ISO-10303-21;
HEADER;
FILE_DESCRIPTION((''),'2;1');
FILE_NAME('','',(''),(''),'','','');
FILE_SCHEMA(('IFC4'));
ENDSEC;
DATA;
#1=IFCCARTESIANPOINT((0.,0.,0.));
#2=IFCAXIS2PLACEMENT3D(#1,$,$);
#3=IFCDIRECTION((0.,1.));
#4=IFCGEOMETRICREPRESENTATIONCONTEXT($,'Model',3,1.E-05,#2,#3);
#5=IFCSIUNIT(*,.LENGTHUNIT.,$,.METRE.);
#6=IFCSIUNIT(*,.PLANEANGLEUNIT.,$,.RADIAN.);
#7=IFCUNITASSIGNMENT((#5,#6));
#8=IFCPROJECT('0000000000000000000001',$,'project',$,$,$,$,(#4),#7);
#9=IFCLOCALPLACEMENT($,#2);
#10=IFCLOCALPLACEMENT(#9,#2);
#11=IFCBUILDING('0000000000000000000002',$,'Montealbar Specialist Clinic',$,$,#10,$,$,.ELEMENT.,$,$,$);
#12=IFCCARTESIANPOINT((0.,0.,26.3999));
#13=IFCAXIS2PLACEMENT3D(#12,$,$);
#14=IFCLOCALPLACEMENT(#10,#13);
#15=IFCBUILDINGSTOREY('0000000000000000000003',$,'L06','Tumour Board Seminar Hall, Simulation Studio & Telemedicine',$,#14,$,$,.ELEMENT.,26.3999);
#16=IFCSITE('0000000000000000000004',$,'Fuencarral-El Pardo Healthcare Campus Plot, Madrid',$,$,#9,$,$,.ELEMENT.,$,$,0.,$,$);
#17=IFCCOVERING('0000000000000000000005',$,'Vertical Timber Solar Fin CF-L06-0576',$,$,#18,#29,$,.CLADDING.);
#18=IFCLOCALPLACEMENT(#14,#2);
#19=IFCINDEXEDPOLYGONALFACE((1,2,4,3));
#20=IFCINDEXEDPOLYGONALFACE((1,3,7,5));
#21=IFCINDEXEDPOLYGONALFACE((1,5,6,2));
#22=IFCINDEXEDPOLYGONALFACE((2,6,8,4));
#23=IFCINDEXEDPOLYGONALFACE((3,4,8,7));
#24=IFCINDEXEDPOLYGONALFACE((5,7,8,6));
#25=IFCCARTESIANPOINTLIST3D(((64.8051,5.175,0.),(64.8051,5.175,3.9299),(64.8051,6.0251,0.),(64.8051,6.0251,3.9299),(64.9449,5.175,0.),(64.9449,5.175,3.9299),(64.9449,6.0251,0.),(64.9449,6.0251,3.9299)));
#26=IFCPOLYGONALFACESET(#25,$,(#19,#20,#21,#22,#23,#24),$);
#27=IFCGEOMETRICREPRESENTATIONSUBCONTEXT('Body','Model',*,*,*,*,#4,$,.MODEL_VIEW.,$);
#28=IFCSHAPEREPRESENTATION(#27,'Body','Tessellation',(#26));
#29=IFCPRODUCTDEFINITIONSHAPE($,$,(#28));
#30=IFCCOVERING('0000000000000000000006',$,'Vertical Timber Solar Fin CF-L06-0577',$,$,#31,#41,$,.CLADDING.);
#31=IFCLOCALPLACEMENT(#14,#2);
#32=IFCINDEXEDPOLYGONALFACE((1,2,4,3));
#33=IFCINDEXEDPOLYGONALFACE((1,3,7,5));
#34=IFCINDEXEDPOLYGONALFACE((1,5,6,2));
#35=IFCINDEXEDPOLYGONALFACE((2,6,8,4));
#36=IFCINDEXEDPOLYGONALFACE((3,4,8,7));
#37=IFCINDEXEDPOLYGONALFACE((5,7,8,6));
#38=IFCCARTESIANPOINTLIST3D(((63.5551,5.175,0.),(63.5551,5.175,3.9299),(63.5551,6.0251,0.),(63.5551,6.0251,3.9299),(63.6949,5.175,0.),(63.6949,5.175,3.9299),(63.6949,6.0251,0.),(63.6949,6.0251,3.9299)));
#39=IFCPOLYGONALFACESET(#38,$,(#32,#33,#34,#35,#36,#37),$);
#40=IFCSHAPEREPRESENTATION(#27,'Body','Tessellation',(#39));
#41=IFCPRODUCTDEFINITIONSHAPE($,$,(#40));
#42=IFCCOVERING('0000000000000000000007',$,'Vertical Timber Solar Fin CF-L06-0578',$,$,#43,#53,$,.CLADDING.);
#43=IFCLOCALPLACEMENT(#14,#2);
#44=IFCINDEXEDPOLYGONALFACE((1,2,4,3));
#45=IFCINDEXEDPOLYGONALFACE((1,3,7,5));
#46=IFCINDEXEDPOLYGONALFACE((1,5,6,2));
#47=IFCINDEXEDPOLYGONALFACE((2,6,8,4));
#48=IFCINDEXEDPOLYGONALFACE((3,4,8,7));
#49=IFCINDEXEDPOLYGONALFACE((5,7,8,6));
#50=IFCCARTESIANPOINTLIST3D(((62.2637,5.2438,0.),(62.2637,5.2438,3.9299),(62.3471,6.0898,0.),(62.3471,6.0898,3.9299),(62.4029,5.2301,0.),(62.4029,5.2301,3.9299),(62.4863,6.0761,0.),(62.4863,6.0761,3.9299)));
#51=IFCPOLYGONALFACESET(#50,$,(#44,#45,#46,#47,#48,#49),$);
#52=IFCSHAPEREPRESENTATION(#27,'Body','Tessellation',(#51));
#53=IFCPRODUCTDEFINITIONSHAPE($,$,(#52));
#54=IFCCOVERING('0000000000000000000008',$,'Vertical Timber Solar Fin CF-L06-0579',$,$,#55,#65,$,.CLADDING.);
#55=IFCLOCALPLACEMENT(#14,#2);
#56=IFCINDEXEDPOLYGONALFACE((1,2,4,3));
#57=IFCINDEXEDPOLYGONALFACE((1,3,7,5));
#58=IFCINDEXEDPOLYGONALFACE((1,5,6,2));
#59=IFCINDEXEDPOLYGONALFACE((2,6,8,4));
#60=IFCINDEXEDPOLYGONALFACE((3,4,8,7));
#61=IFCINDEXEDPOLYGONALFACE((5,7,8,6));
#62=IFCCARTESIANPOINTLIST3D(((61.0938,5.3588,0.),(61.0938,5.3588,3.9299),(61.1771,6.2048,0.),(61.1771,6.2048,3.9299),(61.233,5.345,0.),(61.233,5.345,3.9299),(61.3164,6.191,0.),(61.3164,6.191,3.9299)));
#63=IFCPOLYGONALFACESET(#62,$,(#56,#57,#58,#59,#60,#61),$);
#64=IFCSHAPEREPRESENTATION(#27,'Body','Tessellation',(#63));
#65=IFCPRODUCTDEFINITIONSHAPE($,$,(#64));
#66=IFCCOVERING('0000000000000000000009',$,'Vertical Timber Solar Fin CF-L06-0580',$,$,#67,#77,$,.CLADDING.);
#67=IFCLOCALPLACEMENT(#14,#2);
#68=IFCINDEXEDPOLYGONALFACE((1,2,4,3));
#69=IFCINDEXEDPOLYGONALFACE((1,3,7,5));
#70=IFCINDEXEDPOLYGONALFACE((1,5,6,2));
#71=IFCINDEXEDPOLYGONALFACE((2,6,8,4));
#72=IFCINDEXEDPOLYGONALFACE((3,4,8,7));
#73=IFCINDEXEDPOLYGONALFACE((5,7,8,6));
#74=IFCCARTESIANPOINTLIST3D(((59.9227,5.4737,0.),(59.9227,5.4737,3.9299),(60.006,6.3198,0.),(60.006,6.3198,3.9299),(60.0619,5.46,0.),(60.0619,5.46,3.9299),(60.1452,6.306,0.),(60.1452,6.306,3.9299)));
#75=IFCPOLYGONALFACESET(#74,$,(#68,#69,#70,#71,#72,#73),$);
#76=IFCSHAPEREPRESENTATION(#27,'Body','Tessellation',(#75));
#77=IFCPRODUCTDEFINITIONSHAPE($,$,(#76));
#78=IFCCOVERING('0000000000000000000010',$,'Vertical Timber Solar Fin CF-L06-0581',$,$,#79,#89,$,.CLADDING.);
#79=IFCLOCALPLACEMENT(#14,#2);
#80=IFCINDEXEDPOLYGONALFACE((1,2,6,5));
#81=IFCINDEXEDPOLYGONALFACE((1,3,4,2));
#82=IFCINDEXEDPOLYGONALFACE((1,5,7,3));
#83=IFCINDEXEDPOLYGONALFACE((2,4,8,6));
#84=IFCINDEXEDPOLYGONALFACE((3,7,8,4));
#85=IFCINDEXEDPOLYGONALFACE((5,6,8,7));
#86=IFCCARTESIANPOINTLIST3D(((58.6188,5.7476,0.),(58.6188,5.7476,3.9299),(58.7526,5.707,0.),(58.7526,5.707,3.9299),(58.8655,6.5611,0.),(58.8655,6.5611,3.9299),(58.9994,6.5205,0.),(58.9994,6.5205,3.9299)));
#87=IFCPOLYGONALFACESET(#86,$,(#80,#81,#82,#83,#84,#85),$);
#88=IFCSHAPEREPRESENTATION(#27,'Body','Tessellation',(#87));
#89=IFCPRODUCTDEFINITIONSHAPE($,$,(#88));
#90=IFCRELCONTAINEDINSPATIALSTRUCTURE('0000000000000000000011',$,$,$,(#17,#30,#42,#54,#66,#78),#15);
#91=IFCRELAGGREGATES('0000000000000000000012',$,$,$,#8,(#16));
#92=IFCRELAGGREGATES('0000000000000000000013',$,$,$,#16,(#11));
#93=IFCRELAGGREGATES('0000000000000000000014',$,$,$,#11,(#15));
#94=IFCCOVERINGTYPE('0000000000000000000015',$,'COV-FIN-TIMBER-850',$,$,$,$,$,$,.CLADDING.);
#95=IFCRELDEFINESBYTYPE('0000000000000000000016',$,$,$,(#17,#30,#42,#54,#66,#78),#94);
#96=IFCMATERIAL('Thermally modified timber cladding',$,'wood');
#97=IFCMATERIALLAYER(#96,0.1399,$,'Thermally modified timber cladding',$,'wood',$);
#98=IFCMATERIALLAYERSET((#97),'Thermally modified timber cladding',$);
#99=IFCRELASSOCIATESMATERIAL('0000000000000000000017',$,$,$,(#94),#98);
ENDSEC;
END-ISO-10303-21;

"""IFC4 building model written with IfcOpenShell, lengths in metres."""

from ifc_helpers import new_model, si_unit, direction, frame, origin, origin_2d, place, context, subcontext, project, spatial, rectangle, extrude, material, layer, layer_set, type_object, element, save


model = new_model("IFC4")

# Units and contexts
model_context = context("Model", 3, precision=1e-05, world=origin(), true_north=direction((0.0, 1.0)))
body_context = subcontext(model_context, "Body", "Model", "MODEL_VIEW")
ifc_project = project(units=[si_unit("LENGTHUNIT", "METRE"), si_unit("PLANEANGLEUNIT", "RADIAN")], contexts=[model_context])

# Site, building, storey
site_placement = place(None, origin())
site = spatial("IfcSite", under=ifc_project, at=site_placement, Name="Fuencarral-El Pardo Healthcare Campus Plot, Madrid", CompositionType="ELEMENT", RefElevation=0.0)
building_placement = place(site_placement, origin())
building = spatial("IfcBuilding", under=site, at=building_placement, Name="Montealbar Specialist Clinic", CompositionType="ELEMENT")
storey_placement = place(building_placement, frame((0.0, 0.0, 26.3999)))
storey = spatial("IfcBuildingStorey", under=building, at=storey_placement, Name="L06", Description="Tumour Board Seminar Hall, Simulation Studio & Telemedicine", CompositionType="ELEMENT", Elevation=26.3999)

# Coverings
ifc_material_1 = material(Name="Thermally modified timber cladding", Category="wood")
ifc_layer_1 = layer(ifc_material_1, 0.1399, Name="Thermally modified timber cladding", Category="wood")
ifc_layer_set_1 = layer_set([ifc_layer_1], Name="Thermally modified timber cladding")
covering_type = type_object("IfcCoveringType", Name="COV-FIN-TIMBER-850", PredefinedType="CLADDING", material=ifc_layer_set_1)
for number, where, z_axis, x_axis, name in (
    (1, (64.875, 5.6001, 0.0), (0.0, 0.0, 1.0), (0.0, -1.0, 0.0), "Vertical Timber Solar Fin CF-L06-0576"),
    (2, (63.625, 5.6001, 0.0), (0.0, 0.0, 1.0), (0.0, -1.0, 0.0), "Vertical Timber Solar Fin CF-L06-0577"),
    (3, (62.375, 5.6599, 0.0), (0.0, 0.0, 1.0), (-0.098045, -0.995182, 0.0), "Vertical Timber Solar Fin CF-L06-0578"),
    (4, (61.2051, 5.7749, 0.0), (0.0, 0.0, 1.0), (-0.098045, -0.995182, 0.0), "Vertical Timber Solar Fin CF-L06-0579"),
    (5, (60.0339, 5.8899, 0.0), (0.0, 0.0, 1.0), (-0.098045, -0.995182, 0.0), "Vertical Timber Solar Fin CF-L06-0580"),
    (6, (58.8091, 6.134, 0.0), (0.0, 0.0, 1.0), (-0.290259, -0.956948, 0.0), "Vertical Timber Solar Fin CF-L06-0581"),
):
    element("IfcCovering", number, at=place(storey_placement, frame(where, z_axis=z_axis, x_axis=x_axis)), inside=storey, type_object=covering_type, Name=name, PredefinedType="CLADDING", context=body_context, shape_type="SweptSolid", body=[
        extrude(rectangle(XDim=0.8501, YDim=0.1399, at=origin_2d()), origin(), (0.0, 0.0, 1.0), 3.9299),
    ])

save(model, "model.ifc")
